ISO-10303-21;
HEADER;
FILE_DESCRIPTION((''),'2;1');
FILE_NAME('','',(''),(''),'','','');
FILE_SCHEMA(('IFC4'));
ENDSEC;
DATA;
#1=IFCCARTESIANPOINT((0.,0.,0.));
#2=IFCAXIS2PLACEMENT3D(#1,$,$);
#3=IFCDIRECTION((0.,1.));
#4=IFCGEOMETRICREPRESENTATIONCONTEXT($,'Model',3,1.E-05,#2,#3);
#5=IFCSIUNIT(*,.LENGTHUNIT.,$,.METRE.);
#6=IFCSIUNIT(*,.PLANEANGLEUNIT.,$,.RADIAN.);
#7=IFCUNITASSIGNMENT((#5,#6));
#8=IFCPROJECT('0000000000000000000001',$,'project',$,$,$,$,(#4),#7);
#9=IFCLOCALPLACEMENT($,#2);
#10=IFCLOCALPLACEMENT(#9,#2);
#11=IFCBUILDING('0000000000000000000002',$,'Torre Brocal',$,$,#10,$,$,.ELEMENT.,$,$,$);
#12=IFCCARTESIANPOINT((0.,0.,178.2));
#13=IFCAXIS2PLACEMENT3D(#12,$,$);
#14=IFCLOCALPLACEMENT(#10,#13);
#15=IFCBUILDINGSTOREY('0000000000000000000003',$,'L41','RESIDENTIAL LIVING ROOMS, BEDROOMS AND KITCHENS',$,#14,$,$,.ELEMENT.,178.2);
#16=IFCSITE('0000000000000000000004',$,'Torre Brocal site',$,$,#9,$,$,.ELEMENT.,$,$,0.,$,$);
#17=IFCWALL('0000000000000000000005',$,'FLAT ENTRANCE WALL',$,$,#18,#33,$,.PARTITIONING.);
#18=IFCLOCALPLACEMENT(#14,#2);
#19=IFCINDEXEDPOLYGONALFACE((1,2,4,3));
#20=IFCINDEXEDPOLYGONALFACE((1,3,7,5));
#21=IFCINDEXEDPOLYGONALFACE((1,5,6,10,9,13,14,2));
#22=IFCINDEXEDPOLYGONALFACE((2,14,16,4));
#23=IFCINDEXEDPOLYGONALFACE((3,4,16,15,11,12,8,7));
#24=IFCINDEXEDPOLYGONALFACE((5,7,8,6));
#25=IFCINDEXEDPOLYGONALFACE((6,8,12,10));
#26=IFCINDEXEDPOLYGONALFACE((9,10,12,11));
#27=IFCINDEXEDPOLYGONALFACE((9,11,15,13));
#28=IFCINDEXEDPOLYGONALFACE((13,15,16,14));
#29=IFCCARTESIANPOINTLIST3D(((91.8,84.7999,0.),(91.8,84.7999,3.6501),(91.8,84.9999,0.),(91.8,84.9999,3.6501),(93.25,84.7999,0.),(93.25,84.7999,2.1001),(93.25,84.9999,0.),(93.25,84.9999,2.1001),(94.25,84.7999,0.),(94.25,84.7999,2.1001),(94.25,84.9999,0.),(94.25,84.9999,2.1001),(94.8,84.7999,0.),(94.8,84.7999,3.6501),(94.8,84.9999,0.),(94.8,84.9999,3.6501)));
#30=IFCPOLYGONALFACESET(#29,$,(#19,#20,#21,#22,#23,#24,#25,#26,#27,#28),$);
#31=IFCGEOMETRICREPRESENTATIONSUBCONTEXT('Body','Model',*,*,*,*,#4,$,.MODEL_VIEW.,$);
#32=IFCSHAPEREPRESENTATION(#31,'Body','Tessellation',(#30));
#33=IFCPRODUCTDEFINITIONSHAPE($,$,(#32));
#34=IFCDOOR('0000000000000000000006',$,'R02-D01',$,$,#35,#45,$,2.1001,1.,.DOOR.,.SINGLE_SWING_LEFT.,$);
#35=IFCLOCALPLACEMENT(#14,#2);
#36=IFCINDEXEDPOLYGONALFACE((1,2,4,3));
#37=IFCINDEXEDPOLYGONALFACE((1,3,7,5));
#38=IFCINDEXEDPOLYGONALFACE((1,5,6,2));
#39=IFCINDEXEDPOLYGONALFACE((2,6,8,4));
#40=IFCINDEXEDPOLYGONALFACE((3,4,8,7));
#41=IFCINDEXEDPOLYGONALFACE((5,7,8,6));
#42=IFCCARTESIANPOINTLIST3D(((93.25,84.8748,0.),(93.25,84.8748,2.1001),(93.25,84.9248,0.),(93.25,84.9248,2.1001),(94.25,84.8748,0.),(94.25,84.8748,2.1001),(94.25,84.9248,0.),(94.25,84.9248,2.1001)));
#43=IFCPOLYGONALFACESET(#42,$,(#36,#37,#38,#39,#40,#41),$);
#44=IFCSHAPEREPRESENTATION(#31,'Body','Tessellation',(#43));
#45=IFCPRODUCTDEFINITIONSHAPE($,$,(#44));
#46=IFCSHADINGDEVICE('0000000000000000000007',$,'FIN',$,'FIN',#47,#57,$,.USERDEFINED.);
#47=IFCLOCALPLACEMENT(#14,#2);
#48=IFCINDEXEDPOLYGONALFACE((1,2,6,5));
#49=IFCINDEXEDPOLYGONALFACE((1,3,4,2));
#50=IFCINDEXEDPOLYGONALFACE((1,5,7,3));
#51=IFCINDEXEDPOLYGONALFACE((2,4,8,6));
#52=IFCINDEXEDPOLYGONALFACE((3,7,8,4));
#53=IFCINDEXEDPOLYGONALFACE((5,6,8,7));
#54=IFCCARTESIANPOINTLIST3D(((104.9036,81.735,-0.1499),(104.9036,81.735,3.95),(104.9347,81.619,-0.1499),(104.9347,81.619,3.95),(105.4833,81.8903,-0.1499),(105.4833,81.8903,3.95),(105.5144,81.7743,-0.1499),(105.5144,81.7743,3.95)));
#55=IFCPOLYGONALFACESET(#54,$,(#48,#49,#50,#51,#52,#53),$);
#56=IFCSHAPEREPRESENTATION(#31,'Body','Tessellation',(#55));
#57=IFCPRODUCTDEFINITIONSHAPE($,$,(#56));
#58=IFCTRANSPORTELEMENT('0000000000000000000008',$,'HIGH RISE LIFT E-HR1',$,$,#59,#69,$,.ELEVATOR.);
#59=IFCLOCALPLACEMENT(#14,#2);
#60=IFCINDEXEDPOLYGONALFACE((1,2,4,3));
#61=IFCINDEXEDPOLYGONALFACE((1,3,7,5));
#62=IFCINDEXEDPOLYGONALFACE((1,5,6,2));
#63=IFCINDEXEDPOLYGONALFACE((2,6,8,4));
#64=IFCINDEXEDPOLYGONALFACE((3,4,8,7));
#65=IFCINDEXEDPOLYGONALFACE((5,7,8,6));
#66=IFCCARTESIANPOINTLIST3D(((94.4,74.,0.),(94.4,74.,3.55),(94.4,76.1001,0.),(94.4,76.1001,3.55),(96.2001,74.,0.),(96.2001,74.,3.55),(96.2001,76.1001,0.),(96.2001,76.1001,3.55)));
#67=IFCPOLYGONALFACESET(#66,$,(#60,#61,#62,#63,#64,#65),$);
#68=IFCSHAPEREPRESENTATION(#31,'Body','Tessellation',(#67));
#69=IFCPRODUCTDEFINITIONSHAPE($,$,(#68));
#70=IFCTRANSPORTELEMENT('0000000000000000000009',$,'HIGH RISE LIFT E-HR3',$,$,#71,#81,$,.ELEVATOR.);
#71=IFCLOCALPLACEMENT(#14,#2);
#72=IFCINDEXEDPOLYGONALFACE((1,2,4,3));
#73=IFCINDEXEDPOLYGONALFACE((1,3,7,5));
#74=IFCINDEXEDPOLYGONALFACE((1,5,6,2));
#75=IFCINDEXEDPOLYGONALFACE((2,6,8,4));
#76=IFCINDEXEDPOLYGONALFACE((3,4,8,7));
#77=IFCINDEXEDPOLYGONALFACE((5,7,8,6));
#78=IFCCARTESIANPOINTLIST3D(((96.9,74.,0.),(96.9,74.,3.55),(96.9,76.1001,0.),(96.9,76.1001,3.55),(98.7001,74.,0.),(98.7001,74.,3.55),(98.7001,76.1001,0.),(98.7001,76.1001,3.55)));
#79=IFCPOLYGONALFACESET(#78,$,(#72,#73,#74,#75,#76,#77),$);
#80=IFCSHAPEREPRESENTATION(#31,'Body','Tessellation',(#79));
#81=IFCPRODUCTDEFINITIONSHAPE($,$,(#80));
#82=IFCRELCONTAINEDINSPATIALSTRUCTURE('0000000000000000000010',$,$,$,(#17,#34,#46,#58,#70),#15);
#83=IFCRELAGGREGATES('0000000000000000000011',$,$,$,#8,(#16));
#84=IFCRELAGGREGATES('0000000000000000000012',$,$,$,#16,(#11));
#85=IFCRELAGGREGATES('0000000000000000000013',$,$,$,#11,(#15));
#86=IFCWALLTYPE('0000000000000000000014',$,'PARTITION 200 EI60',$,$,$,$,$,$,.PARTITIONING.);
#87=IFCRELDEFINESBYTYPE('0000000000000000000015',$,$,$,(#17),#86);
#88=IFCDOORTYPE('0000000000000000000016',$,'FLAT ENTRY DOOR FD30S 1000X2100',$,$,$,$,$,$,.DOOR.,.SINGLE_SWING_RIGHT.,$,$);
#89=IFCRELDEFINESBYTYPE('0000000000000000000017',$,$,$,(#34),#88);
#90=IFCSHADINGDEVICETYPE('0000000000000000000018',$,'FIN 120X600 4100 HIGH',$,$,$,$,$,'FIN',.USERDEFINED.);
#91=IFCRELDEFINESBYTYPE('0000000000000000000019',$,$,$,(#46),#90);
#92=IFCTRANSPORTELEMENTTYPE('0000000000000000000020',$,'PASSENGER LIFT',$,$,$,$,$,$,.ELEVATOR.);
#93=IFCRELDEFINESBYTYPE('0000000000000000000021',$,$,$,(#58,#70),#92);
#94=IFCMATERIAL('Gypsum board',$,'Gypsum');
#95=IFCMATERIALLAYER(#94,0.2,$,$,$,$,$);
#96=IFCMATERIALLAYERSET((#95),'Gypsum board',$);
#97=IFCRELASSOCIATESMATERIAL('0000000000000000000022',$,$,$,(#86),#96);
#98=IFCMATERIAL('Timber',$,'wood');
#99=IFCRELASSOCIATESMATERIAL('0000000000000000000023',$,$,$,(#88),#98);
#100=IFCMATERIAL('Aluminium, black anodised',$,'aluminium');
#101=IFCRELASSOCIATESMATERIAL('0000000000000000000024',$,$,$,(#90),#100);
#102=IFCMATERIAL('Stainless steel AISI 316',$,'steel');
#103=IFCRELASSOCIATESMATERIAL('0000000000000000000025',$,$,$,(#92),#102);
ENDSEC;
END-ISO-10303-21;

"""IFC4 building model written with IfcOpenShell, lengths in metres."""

from ifc_helpers import new_model, si_unit, direction, frame, frame_2d, origin, origin_2d, place, context, subcontext, project, spatial, rectangle, extrude, material, layer, layer_set, material_profile, profile_set, type_object, element, fill, save


model = new_model("IFC4")

# Units and contexts
model_context = context("Model", 3, precision=1e-05, world=origin(), true_north=direction((0.0, 1.0)))
body_context = subcontext(model_context, "Body", "Model", "MODEL_VIEW")
ifc_project = project(units=[si_unit("LENGTHUNIT", "METRE"), si_unit("PLANEANGLEUNIT", "RADIAN")], contexts=[model_context])

# Site, building, storey
site_placement = place(None, origin())
site = spatial("IfcSite", under=ifc_project, at=site_placement, Name="Torre Brocal site", CompositionType="ELEMENT", RefElevation=0.0)
building_placement = place(site_placement, origin())
building = spatial("IfcBuilding", under=site, at=building_placement, Name="Torre Brocal", CompositionType="ELEMENT")
storey_placement = place(building_placement, frame((0.0, 0.0, 178.2)))
storey = spatial("IfcBuildingStorey", under=building, at=storey_placement, Name="L41", Description="RESIDENTIAL LIVING ROOMS, BEDROOMS AND KITCHENS", CompositionType="ELEMENT", Elevation=178.2)

# Wall, opening, door
ifc_material_1 = material(Name="Gypsum board", Category="Gypsum")
ifc_layer_1 = layer(ifc_material_1, 0.2)
ifc_layer_set_1 = layer_set([ifc_layer_1], Name="Gypsum board")
wall_type_1 = type_object("IfcWallType", Name="PARTITION 200 EI60", PredefinedType="PARTITIONING", material=ifc_layer_set_1)
wall_1_placement = place(storey_placement, frame((91.8, 84.8999, 0.0), z_axis=(0.0, 0.0, 1.0), x_axis=(1.0, 0.0, 0.0)))
wall_1 = element("IfcWall", 1, at=wall_1_placement, inside=storey, type_object=wall_type_1, Name="FLAT ENTRANCE WALL", PredefinedType="PARTITIONING", context=body_context, shape_type="SweptSolid", body=[
    extrude(rectangle(XDim=3.0, YDim=0.2, at=frame_2d((1.5, 0.0))), origin(), (0.0, 0.0, 1.0), 3.6501),
])
opening_1_placement = place(wall_1_placement, frame((1.45, 0.0, 0.0)))
opening_1 = element("IfcOpeningElement", 2, at=opening_1_placement, cuts=wall_1, PredefinedType="OPENING", context=body_context, shape_type="SweptSolid", body=[
    extrude(rectangle(XDim=1.0, YDim=2.1001, at=frame_2d((0.5, 1.05))), frame((0.0, 0.1099, 0.0), z_axis=(0.0, -1.0, 0.0), x_axis=(1.0, 0.0, 0.0)), (0.0, 0.0, 1.0), 0.22),
])
ifc_material_2 = material(Name="Timber", Category="wood")
door_type_1 = type_object("IfcDoorType", Name="FLAT ENTRY DOOR FD30S 1000X2100", OperationType="SINGLE_SWING_RIGHT", PredefinedType="DOOR", material=ifc_material_2)
door_1_placement = place(opening_1_placement, origin())
door_1 = element("IfcDoor", 3, at=door_1_placement, inside=storey, type_object=door_type_1, Name="R02-D01", OperationType="SINGLE_SWING_LEFT", OverallHeight=2.1001, OverallWidth=1.0, PredefinedType="DOOR", context=body_context, shape_type="SweptSolid", body=[
    extrude(rectangle(XDim=1.0, YDim=2.1001, at=frame_2d((0.5, 1.05))), frame((0.0, 0.0249, 0.0), z_axis=(0.0, -1.0, 0.0), x_axis=(1.0, 0.0, 0.0)), (0.0, 0.0, 1.0), 0.05),
])
fill(opening_1, door_1)

# Shading device
ifc_material_3 = material(Name="Aluminium, black anodised", Category="aluminium")
ifc_material_profile_1 = material_profile(ifc_material_3, rectangle(XDim=0.1201, YDim=0.6001, at=origin_2d()), Name="FIN 120X600 4100 HIGH")
ifc_profile_set_1 = profile_set([ifc_material_profile_1], Name="Aluminium, black anodised")
shading_device_type = type_object("IfcShadingDeviceType", Name="FIN 120X600 4100 HIGH", ElementType="FIN", PredefinedType="USERDEFINED", material=ifc_profile_set_1)
shading_device_placement = place(storey_placement, frame((105.209, 81.7546, -0.1499), z_axis=(0.0, 0.0, 1.0), x_axis=(-0.258819, 0.965926, 0.0)))
element("IfcShadingDevice", 4, at=shading_device_placement, inside=storey, type_object=shading_device_type, Name="FIN", ObjectType="FIN", PredefinedType="USERDEFINED", context=body_context, shape_type="SweptSolid", body=[
    extrude(rectangle(XDim=0.1201, YDim=0.6001, at=origin_2d()), origin(), (0.0, 0.0, 1.0), 4.0999),
])

# Transport elements
ifc_material_4 = material(Name="Stainless steel AISI 316", Category="steel")
transport_element_type = type_object("IfcTransportElementType", Name="PASSENGER LIFT", PredefinedType="ELEVATOR", material=ifc_material_4)
for number, where, z_axis, x_axis, name in (
    (5, (95.3, 75.05, 0.0), (0.0, 0.0, 1.0), (1.0, 0.0, 0.0), "HIGH RISE LIFT E-HR1"),
    (6, (97.8, 75.05, 0.0), (0.0, 0.0, 1.0), (1.0, 0.0, 0.0), "HIGH RISE LIFT E-HR3"),
):
    element("IfcTransportElement", number, at=place(storey_placement, frame(where, z_axis=z_axis, x_axis=x_axis)), inside=storey, type_object=transport_element_type, Name=name, PredefinedType="ELEVATOR", context=body_context, shape_type="SweptSolid", body=[
        extrude(rectangle(XDim=1.8, YDim=2.1001, at=origin_2d()), origin(), (0.0, 0.0, 1.0), 3.55),
    ])

save(model, "model.ifc")
